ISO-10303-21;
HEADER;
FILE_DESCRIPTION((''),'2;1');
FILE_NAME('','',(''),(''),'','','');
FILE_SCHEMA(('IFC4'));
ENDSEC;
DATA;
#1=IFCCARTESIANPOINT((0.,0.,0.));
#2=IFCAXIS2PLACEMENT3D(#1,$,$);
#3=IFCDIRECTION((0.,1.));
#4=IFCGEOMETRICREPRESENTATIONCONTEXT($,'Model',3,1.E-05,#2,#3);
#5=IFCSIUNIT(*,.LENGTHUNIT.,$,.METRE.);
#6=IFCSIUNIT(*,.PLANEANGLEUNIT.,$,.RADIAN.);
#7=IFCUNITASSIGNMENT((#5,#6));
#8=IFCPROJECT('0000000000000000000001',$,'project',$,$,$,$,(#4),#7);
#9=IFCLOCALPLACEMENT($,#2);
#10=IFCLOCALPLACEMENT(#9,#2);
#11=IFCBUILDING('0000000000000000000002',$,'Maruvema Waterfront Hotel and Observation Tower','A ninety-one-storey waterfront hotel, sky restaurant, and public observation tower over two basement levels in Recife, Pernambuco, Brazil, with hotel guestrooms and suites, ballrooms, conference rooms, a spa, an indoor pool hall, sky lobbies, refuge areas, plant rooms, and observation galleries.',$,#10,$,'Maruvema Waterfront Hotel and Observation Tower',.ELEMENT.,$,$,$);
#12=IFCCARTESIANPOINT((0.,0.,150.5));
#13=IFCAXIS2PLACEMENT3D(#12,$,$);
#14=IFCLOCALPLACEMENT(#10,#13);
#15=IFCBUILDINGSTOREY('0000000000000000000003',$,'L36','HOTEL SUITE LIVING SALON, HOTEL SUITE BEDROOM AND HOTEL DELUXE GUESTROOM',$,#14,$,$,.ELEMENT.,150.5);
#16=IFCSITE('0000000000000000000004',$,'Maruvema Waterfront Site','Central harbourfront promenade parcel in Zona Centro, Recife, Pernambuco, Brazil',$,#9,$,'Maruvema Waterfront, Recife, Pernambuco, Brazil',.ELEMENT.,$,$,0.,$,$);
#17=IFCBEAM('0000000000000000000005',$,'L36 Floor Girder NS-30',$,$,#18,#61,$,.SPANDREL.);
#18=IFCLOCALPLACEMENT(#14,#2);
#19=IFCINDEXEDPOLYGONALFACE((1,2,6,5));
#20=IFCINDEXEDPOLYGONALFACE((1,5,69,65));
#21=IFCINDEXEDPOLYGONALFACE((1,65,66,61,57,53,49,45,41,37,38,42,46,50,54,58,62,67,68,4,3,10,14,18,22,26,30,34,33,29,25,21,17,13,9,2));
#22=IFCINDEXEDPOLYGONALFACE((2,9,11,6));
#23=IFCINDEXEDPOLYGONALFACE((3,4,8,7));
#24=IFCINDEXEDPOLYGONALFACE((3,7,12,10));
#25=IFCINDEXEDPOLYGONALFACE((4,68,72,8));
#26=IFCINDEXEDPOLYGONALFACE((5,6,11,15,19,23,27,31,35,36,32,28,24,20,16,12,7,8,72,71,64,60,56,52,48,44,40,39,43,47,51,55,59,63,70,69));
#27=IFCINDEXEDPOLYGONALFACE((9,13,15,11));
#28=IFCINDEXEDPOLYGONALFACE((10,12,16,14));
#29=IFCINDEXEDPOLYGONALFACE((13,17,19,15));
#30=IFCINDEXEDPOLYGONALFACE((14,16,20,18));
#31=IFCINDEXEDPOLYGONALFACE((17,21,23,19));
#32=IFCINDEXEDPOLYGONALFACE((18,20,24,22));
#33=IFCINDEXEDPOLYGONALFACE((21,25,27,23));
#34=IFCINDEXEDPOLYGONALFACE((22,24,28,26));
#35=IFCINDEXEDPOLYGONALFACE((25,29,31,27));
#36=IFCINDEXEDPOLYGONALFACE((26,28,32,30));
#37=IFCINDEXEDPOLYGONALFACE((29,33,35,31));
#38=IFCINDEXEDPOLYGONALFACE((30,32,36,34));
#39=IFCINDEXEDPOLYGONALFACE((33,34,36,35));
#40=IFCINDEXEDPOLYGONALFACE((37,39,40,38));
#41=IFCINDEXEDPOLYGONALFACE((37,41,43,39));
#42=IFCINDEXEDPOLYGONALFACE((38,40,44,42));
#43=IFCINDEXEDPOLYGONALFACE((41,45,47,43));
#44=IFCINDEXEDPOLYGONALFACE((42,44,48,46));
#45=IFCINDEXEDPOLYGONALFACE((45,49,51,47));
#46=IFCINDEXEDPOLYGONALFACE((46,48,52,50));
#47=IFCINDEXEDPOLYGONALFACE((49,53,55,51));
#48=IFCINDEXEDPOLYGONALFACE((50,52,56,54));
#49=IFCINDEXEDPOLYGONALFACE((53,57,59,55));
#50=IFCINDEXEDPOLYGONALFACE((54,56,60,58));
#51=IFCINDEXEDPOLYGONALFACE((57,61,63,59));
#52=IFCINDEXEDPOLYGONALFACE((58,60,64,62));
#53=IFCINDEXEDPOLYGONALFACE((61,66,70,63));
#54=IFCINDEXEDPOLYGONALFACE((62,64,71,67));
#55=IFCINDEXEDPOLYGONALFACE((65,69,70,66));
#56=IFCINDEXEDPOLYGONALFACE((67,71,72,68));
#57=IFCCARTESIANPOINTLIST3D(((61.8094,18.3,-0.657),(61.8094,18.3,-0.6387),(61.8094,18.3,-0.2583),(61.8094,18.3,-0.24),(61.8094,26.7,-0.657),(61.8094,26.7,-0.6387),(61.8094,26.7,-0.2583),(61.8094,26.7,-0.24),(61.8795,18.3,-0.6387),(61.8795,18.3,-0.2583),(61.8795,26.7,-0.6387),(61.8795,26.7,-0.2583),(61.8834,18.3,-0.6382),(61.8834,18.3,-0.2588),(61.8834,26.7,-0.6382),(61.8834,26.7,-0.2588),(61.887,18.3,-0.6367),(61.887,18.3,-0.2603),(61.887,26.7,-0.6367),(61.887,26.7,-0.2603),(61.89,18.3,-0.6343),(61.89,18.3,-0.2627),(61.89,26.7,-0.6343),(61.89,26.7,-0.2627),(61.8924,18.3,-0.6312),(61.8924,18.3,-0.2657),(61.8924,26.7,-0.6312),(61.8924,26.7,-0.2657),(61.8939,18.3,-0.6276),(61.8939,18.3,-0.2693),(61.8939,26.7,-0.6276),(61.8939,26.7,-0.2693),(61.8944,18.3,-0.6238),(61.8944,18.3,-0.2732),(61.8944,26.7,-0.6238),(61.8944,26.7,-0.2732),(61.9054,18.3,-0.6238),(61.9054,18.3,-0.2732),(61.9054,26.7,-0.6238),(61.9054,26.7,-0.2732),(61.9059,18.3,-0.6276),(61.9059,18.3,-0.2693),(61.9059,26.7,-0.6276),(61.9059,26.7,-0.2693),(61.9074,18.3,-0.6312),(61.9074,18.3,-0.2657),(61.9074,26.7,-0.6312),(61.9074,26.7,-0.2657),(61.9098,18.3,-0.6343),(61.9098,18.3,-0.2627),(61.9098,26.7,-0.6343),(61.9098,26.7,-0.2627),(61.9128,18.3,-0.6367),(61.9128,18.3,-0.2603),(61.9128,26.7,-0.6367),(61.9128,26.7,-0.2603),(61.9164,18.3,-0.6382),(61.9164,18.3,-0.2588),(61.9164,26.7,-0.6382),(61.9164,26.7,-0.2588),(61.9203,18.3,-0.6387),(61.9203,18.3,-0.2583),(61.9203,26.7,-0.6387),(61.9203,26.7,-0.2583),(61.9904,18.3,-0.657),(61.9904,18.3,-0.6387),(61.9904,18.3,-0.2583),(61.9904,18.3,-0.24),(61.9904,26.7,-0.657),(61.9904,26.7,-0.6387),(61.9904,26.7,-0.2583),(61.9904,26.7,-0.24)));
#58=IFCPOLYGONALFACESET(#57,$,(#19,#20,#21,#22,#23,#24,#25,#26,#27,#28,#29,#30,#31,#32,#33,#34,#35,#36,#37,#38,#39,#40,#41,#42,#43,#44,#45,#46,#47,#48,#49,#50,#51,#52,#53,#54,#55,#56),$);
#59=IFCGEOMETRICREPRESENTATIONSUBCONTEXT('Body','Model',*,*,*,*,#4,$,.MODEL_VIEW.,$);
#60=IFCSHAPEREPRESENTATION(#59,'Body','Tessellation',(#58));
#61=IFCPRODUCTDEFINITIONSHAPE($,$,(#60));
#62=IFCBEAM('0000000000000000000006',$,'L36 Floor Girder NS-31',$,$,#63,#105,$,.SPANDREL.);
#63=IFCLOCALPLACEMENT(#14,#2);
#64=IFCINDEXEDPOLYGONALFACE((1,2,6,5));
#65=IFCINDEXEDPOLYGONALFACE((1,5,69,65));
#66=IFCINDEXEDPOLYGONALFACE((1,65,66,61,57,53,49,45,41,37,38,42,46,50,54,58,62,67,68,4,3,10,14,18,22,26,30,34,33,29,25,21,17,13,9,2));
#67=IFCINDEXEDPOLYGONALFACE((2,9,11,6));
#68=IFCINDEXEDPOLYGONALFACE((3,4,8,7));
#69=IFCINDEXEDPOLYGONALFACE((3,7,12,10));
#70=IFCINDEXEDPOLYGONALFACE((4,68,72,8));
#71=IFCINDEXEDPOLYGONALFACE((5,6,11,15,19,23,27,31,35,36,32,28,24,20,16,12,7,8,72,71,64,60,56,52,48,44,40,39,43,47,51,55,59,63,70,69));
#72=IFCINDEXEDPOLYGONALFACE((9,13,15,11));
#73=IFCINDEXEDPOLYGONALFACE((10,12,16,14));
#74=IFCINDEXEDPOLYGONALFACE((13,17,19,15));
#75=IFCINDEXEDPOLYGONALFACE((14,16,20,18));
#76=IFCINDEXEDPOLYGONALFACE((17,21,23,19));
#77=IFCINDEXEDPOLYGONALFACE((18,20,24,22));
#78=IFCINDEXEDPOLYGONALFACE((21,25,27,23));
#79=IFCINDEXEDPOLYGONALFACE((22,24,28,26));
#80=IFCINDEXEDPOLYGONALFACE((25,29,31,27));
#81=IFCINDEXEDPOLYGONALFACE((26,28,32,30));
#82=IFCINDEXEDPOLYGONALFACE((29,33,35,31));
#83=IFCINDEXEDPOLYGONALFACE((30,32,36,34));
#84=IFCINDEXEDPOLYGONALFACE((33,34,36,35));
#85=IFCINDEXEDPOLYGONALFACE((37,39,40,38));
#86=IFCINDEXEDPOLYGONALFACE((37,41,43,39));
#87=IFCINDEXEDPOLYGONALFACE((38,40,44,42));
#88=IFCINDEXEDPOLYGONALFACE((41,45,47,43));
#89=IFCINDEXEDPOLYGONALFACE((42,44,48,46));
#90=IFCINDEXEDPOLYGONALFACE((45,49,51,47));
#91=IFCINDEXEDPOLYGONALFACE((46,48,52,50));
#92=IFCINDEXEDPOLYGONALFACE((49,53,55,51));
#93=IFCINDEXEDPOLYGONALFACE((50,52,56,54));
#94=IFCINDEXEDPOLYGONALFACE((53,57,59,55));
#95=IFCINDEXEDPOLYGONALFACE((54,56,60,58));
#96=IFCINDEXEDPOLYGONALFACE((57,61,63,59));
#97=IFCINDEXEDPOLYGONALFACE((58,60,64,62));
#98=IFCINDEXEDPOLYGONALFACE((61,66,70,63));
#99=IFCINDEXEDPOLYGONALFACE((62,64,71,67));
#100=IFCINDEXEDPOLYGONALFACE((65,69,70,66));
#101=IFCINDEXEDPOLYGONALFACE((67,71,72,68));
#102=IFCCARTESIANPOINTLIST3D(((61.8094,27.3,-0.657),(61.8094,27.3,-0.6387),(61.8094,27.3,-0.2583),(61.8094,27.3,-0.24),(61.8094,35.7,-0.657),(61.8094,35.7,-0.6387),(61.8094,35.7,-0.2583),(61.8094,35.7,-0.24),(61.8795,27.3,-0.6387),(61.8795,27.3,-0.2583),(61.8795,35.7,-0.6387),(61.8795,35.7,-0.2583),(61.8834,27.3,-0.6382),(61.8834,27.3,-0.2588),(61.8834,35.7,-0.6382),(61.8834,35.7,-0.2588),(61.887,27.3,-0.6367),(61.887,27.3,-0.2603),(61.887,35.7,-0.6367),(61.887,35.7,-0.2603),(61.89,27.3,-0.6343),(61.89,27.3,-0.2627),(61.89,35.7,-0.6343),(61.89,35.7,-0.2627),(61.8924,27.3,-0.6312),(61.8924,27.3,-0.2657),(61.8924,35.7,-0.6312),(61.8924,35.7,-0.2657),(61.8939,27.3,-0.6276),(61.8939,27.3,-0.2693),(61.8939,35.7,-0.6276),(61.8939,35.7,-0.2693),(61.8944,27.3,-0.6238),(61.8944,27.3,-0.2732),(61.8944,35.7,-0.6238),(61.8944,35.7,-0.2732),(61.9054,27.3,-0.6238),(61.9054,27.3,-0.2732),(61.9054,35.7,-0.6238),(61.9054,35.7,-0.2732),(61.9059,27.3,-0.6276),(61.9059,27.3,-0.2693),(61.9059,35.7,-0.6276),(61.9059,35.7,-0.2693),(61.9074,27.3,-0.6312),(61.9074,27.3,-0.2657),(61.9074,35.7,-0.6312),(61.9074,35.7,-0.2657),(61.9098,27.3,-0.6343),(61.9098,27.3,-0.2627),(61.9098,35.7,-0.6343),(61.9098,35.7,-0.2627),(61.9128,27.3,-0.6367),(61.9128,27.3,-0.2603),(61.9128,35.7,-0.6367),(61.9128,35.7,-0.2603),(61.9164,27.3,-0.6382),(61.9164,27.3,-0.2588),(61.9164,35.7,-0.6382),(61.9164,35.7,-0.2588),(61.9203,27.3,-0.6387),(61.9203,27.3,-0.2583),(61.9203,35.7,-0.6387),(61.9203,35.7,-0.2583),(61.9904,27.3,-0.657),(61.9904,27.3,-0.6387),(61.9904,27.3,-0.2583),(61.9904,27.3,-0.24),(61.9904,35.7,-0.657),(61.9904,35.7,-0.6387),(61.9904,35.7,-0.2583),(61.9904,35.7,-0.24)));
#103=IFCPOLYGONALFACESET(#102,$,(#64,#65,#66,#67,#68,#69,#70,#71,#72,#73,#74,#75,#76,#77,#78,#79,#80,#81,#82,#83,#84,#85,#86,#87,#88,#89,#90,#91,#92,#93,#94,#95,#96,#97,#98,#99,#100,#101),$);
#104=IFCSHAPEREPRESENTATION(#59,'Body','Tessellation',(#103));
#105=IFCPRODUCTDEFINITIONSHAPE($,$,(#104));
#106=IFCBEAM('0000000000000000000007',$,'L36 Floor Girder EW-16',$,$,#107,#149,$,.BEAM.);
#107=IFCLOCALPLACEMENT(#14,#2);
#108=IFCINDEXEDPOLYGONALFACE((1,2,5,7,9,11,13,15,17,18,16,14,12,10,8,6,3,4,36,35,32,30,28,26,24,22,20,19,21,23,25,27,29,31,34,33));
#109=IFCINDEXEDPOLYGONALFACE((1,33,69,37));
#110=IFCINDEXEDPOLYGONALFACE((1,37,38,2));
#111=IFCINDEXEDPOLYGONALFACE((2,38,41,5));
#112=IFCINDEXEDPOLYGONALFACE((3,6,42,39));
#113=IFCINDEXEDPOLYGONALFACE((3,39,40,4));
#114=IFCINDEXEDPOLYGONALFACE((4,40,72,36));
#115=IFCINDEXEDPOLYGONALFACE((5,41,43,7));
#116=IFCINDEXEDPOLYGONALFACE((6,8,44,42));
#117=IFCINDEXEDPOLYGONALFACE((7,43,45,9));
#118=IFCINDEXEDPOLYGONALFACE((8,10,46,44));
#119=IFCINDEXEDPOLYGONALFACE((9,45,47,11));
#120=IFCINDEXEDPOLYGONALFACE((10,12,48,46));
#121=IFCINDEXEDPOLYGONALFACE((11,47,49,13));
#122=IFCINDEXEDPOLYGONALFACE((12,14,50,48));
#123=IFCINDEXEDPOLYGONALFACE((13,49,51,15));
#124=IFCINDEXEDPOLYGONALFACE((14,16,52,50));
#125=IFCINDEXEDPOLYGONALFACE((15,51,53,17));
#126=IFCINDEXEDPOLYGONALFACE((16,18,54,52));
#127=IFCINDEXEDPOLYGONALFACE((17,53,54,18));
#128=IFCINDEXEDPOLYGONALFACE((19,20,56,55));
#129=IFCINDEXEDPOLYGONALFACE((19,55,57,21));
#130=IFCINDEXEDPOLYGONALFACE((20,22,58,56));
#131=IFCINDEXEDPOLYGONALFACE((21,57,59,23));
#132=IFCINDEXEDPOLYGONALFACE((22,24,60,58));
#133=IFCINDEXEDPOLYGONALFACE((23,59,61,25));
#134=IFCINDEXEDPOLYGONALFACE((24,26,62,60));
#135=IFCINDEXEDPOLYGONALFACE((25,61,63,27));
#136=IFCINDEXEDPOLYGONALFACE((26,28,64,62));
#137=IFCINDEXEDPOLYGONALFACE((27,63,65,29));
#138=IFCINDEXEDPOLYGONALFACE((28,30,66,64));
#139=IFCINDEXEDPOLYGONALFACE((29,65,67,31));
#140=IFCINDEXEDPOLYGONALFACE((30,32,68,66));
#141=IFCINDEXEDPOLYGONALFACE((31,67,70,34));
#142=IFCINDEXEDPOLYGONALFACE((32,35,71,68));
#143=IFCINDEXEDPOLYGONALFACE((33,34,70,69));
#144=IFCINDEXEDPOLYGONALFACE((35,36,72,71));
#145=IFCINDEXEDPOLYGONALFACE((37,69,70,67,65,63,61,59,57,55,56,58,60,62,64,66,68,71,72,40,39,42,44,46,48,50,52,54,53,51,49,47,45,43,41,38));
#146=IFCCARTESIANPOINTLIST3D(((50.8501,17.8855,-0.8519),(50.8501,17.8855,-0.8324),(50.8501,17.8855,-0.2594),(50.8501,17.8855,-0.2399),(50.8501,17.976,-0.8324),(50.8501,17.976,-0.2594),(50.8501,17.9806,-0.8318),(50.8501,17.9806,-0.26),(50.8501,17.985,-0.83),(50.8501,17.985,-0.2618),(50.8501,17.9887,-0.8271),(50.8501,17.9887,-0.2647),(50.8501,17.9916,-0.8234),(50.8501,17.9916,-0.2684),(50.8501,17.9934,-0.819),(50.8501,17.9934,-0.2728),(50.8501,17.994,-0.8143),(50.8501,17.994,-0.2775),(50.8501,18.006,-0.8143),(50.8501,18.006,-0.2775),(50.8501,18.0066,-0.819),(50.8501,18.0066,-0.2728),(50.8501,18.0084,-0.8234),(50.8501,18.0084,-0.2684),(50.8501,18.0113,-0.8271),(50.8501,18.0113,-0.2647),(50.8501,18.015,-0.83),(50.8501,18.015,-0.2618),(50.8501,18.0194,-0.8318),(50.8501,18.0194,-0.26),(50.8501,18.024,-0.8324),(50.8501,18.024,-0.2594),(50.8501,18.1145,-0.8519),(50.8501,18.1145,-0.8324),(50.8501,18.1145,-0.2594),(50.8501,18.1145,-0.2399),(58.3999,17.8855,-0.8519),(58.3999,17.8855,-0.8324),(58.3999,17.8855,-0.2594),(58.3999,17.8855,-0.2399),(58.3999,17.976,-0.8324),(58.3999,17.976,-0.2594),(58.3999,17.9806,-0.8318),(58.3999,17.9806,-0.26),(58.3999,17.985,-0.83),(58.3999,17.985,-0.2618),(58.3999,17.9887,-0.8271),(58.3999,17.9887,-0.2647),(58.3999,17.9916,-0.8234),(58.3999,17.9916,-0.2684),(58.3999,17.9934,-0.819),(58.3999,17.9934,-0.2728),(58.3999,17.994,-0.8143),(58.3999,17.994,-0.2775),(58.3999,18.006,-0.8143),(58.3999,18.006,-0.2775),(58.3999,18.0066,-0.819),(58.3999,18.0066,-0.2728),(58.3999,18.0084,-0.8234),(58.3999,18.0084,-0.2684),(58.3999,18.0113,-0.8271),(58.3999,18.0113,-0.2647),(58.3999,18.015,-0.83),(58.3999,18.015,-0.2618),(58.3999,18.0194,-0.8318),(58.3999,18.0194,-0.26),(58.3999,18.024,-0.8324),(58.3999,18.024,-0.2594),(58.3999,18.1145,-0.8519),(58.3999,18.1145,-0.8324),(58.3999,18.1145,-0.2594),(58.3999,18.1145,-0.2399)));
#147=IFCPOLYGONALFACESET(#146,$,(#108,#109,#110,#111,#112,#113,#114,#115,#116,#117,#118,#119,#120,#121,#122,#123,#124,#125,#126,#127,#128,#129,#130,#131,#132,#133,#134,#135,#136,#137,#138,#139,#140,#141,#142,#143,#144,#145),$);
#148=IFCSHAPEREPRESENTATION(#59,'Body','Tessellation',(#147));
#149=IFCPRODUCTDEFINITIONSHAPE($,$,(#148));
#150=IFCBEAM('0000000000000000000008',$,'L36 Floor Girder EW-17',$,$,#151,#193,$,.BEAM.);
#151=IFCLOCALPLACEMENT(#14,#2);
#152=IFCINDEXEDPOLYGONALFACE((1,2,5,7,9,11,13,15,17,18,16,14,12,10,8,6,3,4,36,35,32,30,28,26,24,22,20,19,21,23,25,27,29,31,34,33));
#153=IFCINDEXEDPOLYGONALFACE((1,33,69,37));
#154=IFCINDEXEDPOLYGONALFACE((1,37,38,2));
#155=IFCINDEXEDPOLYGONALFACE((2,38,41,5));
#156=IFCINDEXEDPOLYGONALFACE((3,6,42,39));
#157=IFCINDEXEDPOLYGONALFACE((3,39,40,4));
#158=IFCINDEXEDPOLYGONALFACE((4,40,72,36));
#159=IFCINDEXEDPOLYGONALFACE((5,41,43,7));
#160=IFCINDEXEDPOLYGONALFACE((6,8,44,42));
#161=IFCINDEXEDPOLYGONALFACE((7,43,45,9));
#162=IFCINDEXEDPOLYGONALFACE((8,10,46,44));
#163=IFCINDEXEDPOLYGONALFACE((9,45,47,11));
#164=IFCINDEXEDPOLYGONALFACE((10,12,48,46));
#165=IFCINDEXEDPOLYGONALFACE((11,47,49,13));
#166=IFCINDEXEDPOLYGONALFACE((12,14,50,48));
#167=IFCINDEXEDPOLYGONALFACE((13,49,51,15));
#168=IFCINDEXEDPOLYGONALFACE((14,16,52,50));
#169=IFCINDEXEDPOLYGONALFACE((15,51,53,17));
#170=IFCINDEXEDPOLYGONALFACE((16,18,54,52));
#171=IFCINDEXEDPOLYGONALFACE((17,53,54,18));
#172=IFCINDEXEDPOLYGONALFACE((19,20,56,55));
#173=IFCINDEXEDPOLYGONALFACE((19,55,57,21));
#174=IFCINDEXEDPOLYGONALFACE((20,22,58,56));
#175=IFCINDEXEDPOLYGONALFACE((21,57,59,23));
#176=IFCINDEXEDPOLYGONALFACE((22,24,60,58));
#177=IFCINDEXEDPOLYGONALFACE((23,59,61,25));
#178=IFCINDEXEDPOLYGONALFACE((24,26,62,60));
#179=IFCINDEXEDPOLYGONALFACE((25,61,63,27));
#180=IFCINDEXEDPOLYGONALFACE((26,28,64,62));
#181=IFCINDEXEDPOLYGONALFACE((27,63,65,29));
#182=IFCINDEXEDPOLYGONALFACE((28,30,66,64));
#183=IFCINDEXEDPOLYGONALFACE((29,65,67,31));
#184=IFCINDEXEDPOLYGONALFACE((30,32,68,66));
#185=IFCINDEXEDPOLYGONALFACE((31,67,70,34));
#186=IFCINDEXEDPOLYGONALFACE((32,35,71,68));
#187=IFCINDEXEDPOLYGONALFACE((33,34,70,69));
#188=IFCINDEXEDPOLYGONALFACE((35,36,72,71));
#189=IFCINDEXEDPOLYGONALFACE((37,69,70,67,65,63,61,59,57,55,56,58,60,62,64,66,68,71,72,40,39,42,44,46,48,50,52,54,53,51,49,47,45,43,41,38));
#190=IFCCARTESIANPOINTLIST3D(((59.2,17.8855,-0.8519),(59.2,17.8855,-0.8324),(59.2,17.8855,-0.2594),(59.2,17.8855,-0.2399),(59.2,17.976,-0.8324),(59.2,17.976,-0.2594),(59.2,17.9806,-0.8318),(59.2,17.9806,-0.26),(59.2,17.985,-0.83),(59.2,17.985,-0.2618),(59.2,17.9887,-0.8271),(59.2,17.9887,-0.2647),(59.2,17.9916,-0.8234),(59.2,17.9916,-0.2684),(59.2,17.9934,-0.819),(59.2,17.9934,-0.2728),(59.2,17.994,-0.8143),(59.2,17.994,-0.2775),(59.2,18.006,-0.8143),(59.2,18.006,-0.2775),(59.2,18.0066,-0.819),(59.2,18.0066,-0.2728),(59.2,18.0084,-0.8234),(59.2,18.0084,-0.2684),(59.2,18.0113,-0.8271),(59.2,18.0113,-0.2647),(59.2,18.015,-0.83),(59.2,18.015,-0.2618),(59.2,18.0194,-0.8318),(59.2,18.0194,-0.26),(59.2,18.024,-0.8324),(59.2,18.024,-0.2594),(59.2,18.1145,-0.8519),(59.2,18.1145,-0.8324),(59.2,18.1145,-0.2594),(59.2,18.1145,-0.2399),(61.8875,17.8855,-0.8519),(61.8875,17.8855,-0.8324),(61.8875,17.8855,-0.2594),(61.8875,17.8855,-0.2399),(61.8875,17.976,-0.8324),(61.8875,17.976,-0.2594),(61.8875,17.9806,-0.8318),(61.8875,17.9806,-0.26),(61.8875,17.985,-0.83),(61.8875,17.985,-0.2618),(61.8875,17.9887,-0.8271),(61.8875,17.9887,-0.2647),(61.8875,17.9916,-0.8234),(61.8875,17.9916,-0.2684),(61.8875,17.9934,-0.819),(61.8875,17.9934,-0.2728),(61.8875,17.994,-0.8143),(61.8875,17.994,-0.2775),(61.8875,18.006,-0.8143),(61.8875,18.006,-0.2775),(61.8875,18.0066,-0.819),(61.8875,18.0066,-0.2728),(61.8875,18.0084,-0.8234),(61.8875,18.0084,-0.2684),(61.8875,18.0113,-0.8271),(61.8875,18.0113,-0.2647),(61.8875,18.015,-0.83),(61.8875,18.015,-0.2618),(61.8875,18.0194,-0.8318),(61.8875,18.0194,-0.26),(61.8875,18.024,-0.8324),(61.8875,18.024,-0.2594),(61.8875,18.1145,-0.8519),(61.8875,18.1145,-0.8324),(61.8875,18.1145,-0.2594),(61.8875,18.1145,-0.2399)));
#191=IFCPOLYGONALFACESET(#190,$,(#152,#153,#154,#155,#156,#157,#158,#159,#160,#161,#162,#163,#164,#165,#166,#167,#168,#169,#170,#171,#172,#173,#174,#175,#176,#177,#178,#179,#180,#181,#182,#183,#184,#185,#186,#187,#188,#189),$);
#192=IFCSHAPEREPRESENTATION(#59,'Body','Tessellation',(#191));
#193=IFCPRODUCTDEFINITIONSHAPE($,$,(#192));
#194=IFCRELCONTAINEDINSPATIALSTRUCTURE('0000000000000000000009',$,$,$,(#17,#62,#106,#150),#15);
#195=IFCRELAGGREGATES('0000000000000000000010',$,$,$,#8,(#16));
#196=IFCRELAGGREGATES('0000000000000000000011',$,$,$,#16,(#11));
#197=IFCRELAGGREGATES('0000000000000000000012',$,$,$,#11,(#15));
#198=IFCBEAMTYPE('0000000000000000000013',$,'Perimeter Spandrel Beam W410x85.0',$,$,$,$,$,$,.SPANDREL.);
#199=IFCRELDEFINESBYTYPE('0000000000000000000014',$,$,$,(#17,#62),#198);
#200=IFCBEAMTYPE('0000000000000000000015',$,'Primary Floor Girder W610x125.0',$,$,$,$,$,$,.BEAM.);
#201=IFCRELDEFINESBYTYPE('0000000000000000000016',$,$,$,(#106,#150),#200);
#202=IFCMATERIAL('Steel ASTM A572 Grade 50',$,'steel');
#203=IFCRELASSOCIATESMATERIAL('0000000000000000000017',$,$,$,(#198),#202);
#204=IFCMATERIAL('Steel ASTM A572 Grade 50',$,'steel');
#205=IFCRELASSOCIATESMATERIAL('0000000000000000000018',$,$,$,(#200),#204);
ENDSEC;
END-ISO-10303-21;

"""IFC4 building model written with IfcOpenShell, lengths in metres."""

from ifc_helpers import new_model, si_unit, direction, frame, origin, origin_2d, place, context, subcontext, project, spatial, i_section, extrude, material, material_profile, profile_set, type_object, element, save


model = new_model("IFC4")

# Units and contexts
model_context = context("Model", 3, precision=1e-05, world=origin(), true_north=direction((0.0, 1.0)))
body_context = subcontext(model_context, "Body", "Model", "MODEL_VIEW")
ifc_project = project(units=[si_unit("LENGTHUNIT", "METRE"), si_unit("PLANEANGLEUNIT", "RADIAN")], contexts=[model_context])

# Site, building, storey
site_placement = place(None, origin())
site = spatial("IfcSite", under=ifc_project, at=site_placement, Name="Maruvema Waterfront Site", Description="Central harbourfront promenade parcel in Zona Centro, Recife, Pernambuco, Brazil", LongName="Maruvema Waterfront, Recife, Pernambuco, Brazil", CompositionType="ELEMENT", RefElevation=0.0)
building_placement = place(site_placement, origin())
building = spatial("IfcBuilding", under=site, at=building_placement, Name="Maruvema Waterfront Hotel and Observation Tower", Description="A ninety-one-storey waterfront hotel, sky restaurant, and public observation tower over two basement levels in Recife, Pernambuco, Brazil, with hotel guestrooms and suites, ballrooms, conference rooms, a spa, an indoor pool hall, sky lobbies, refuge areas, plant rooms, and observation galleries.", LongName="Maruvema Waterfront Hotel and Observation Tower", CompositionType="ELEMENT")
storey_placement = place(building_placement, frame((0.0, 0.0, 150.5)))
storey = spatial("IfcBuildingStorey", under=building, at=storey_placement, Name="L36", Description="HOTEL SUITE LIVING SALON, HOTEL SUITE BEDROOM AND HOTEL DELUXE GUESTROOM", CompositionType="ELEMENT", Elevation=150.5)

# Beams
ifc_material_1 = material(Name="Steel ASTM A572 Grade 50", Category="steel")
ifc_material_profile_1 = material_profile(ifc_material_1, i_section(OverallWidth=0.1809, OverallDepth=0.417, WebThickness=0.011, FlangeThickness=0.0183, FilletRadius=0.0149, at=origin_2d()), Name="W410x85.0")
ifc_profile_set_1 = profile_set([ifc_material_profile_1], Name="Steel ASTM A572 Grade 50")
beam_type_1 = type_object("IfcBeamType", Name="Perimeter Spandrel Beam W410x85.0", PredefinedType="SPANDREL", material=ifc_profile_set_1)
for number, where, z_axis, x_axis, name in (
    (1, (61.8999, 18.3, -0.4485), (0.0, 1.0, 0.0), (-1.0, 0.0, 0.0), "L36 Floor Girder NS-30"),
    (2, (61.8999, 27.3, -0.4485), (0.0, 1.0, 0.0), (-1.0, 0.0, 0.0), "L36 Floor Girder NS-31"),
):
    element("IfcBeam", number, at=place(storey_placement, frame(where, z_axis=z_axis, x_axis=x_axis)), inside=storey, type_object=beam_type_1, Name=name, PredefinedType="SPANDREL", context=body_context, shape_type="SweptSolid", body=[
        extrude(i_section(OverallWidth=0.1809, OverallDepth=0.417, WebThickness=0.011, FlangeThickness=0.0183, FilletRadius=0.0149, at=origin_2d()), origin(), (0.0, 0.0, 1.0), 8.3999),
    ])
ifc_material_2 = material(Name="Steel ASTM A572 Grade 50", Category="steel")
ifc_material_profile_2 = material_profile(ifc_material_2, i_section(OverallWidth=0.229, OverallDepth=0.6121, WebThickness=0.012, FlangeThickness=0.0195, FilletRadius=0.0181, at=origin_2d()), Name="W610x125.0")
ifc_profile_set_2 = profile_set([ifc_material_profile_2], Name="Steel ASTM A572 Grade 50")
beam_type_2 = type_object("IfcBeamType", Name="Primary Floor Girder W610x125.0", PredefinedType="BEAM", material=ifc_profile_set_2)
beam_1_placement = place(storey_placement, frame((50.8501, 18.0, -0.5459), z_axis=(1.0, 0.0, 0.0), x_axis=(0.0, 1.0, 0.0)))
element("IfcBeam", 3, at=beam_1_placement, inside=storey, type_object=beam_type_2, Name="L36 Floor Girder EW-16", PredefinedType="BEAM", context=body_context, shape_type="SweptSolid", body=[
    extrude(i_section(OverallWidth=0.229, OverallDepth=0.6121, WebThickness=0.012, FlangeThickness=0.0195, FilletRadius=0.0181, at=origin_2d()), origin(), (0.0, 0.0, 1.0), 7.5498),
])
beam_2_placement = place(storey_placement, frame((59.2, 18.0, -0.5459), z_axis=(1.0, 0.0, 0.0), x_axis=(0.0, 1.0, 0.0)))
element("IfcBeam", 4, at=beam_2_placement, inside=storey, type_object=beam_type_2, Name="L36 Floor Girder EW-17", PredefinedType="BEAM", context=body_context, shape_type="SweptSolid", body=[
    extrude(i_section(OverallWidth=0.229, OverallDepth=0.6121, WebThickness=0.012, FlangeThickness=0.0195, FilletRadius=0.0181, at=origin_2d()), origin(), (0.0, 0.0, 1.0), 2.6875),
])

save(model, "model.ifc")
